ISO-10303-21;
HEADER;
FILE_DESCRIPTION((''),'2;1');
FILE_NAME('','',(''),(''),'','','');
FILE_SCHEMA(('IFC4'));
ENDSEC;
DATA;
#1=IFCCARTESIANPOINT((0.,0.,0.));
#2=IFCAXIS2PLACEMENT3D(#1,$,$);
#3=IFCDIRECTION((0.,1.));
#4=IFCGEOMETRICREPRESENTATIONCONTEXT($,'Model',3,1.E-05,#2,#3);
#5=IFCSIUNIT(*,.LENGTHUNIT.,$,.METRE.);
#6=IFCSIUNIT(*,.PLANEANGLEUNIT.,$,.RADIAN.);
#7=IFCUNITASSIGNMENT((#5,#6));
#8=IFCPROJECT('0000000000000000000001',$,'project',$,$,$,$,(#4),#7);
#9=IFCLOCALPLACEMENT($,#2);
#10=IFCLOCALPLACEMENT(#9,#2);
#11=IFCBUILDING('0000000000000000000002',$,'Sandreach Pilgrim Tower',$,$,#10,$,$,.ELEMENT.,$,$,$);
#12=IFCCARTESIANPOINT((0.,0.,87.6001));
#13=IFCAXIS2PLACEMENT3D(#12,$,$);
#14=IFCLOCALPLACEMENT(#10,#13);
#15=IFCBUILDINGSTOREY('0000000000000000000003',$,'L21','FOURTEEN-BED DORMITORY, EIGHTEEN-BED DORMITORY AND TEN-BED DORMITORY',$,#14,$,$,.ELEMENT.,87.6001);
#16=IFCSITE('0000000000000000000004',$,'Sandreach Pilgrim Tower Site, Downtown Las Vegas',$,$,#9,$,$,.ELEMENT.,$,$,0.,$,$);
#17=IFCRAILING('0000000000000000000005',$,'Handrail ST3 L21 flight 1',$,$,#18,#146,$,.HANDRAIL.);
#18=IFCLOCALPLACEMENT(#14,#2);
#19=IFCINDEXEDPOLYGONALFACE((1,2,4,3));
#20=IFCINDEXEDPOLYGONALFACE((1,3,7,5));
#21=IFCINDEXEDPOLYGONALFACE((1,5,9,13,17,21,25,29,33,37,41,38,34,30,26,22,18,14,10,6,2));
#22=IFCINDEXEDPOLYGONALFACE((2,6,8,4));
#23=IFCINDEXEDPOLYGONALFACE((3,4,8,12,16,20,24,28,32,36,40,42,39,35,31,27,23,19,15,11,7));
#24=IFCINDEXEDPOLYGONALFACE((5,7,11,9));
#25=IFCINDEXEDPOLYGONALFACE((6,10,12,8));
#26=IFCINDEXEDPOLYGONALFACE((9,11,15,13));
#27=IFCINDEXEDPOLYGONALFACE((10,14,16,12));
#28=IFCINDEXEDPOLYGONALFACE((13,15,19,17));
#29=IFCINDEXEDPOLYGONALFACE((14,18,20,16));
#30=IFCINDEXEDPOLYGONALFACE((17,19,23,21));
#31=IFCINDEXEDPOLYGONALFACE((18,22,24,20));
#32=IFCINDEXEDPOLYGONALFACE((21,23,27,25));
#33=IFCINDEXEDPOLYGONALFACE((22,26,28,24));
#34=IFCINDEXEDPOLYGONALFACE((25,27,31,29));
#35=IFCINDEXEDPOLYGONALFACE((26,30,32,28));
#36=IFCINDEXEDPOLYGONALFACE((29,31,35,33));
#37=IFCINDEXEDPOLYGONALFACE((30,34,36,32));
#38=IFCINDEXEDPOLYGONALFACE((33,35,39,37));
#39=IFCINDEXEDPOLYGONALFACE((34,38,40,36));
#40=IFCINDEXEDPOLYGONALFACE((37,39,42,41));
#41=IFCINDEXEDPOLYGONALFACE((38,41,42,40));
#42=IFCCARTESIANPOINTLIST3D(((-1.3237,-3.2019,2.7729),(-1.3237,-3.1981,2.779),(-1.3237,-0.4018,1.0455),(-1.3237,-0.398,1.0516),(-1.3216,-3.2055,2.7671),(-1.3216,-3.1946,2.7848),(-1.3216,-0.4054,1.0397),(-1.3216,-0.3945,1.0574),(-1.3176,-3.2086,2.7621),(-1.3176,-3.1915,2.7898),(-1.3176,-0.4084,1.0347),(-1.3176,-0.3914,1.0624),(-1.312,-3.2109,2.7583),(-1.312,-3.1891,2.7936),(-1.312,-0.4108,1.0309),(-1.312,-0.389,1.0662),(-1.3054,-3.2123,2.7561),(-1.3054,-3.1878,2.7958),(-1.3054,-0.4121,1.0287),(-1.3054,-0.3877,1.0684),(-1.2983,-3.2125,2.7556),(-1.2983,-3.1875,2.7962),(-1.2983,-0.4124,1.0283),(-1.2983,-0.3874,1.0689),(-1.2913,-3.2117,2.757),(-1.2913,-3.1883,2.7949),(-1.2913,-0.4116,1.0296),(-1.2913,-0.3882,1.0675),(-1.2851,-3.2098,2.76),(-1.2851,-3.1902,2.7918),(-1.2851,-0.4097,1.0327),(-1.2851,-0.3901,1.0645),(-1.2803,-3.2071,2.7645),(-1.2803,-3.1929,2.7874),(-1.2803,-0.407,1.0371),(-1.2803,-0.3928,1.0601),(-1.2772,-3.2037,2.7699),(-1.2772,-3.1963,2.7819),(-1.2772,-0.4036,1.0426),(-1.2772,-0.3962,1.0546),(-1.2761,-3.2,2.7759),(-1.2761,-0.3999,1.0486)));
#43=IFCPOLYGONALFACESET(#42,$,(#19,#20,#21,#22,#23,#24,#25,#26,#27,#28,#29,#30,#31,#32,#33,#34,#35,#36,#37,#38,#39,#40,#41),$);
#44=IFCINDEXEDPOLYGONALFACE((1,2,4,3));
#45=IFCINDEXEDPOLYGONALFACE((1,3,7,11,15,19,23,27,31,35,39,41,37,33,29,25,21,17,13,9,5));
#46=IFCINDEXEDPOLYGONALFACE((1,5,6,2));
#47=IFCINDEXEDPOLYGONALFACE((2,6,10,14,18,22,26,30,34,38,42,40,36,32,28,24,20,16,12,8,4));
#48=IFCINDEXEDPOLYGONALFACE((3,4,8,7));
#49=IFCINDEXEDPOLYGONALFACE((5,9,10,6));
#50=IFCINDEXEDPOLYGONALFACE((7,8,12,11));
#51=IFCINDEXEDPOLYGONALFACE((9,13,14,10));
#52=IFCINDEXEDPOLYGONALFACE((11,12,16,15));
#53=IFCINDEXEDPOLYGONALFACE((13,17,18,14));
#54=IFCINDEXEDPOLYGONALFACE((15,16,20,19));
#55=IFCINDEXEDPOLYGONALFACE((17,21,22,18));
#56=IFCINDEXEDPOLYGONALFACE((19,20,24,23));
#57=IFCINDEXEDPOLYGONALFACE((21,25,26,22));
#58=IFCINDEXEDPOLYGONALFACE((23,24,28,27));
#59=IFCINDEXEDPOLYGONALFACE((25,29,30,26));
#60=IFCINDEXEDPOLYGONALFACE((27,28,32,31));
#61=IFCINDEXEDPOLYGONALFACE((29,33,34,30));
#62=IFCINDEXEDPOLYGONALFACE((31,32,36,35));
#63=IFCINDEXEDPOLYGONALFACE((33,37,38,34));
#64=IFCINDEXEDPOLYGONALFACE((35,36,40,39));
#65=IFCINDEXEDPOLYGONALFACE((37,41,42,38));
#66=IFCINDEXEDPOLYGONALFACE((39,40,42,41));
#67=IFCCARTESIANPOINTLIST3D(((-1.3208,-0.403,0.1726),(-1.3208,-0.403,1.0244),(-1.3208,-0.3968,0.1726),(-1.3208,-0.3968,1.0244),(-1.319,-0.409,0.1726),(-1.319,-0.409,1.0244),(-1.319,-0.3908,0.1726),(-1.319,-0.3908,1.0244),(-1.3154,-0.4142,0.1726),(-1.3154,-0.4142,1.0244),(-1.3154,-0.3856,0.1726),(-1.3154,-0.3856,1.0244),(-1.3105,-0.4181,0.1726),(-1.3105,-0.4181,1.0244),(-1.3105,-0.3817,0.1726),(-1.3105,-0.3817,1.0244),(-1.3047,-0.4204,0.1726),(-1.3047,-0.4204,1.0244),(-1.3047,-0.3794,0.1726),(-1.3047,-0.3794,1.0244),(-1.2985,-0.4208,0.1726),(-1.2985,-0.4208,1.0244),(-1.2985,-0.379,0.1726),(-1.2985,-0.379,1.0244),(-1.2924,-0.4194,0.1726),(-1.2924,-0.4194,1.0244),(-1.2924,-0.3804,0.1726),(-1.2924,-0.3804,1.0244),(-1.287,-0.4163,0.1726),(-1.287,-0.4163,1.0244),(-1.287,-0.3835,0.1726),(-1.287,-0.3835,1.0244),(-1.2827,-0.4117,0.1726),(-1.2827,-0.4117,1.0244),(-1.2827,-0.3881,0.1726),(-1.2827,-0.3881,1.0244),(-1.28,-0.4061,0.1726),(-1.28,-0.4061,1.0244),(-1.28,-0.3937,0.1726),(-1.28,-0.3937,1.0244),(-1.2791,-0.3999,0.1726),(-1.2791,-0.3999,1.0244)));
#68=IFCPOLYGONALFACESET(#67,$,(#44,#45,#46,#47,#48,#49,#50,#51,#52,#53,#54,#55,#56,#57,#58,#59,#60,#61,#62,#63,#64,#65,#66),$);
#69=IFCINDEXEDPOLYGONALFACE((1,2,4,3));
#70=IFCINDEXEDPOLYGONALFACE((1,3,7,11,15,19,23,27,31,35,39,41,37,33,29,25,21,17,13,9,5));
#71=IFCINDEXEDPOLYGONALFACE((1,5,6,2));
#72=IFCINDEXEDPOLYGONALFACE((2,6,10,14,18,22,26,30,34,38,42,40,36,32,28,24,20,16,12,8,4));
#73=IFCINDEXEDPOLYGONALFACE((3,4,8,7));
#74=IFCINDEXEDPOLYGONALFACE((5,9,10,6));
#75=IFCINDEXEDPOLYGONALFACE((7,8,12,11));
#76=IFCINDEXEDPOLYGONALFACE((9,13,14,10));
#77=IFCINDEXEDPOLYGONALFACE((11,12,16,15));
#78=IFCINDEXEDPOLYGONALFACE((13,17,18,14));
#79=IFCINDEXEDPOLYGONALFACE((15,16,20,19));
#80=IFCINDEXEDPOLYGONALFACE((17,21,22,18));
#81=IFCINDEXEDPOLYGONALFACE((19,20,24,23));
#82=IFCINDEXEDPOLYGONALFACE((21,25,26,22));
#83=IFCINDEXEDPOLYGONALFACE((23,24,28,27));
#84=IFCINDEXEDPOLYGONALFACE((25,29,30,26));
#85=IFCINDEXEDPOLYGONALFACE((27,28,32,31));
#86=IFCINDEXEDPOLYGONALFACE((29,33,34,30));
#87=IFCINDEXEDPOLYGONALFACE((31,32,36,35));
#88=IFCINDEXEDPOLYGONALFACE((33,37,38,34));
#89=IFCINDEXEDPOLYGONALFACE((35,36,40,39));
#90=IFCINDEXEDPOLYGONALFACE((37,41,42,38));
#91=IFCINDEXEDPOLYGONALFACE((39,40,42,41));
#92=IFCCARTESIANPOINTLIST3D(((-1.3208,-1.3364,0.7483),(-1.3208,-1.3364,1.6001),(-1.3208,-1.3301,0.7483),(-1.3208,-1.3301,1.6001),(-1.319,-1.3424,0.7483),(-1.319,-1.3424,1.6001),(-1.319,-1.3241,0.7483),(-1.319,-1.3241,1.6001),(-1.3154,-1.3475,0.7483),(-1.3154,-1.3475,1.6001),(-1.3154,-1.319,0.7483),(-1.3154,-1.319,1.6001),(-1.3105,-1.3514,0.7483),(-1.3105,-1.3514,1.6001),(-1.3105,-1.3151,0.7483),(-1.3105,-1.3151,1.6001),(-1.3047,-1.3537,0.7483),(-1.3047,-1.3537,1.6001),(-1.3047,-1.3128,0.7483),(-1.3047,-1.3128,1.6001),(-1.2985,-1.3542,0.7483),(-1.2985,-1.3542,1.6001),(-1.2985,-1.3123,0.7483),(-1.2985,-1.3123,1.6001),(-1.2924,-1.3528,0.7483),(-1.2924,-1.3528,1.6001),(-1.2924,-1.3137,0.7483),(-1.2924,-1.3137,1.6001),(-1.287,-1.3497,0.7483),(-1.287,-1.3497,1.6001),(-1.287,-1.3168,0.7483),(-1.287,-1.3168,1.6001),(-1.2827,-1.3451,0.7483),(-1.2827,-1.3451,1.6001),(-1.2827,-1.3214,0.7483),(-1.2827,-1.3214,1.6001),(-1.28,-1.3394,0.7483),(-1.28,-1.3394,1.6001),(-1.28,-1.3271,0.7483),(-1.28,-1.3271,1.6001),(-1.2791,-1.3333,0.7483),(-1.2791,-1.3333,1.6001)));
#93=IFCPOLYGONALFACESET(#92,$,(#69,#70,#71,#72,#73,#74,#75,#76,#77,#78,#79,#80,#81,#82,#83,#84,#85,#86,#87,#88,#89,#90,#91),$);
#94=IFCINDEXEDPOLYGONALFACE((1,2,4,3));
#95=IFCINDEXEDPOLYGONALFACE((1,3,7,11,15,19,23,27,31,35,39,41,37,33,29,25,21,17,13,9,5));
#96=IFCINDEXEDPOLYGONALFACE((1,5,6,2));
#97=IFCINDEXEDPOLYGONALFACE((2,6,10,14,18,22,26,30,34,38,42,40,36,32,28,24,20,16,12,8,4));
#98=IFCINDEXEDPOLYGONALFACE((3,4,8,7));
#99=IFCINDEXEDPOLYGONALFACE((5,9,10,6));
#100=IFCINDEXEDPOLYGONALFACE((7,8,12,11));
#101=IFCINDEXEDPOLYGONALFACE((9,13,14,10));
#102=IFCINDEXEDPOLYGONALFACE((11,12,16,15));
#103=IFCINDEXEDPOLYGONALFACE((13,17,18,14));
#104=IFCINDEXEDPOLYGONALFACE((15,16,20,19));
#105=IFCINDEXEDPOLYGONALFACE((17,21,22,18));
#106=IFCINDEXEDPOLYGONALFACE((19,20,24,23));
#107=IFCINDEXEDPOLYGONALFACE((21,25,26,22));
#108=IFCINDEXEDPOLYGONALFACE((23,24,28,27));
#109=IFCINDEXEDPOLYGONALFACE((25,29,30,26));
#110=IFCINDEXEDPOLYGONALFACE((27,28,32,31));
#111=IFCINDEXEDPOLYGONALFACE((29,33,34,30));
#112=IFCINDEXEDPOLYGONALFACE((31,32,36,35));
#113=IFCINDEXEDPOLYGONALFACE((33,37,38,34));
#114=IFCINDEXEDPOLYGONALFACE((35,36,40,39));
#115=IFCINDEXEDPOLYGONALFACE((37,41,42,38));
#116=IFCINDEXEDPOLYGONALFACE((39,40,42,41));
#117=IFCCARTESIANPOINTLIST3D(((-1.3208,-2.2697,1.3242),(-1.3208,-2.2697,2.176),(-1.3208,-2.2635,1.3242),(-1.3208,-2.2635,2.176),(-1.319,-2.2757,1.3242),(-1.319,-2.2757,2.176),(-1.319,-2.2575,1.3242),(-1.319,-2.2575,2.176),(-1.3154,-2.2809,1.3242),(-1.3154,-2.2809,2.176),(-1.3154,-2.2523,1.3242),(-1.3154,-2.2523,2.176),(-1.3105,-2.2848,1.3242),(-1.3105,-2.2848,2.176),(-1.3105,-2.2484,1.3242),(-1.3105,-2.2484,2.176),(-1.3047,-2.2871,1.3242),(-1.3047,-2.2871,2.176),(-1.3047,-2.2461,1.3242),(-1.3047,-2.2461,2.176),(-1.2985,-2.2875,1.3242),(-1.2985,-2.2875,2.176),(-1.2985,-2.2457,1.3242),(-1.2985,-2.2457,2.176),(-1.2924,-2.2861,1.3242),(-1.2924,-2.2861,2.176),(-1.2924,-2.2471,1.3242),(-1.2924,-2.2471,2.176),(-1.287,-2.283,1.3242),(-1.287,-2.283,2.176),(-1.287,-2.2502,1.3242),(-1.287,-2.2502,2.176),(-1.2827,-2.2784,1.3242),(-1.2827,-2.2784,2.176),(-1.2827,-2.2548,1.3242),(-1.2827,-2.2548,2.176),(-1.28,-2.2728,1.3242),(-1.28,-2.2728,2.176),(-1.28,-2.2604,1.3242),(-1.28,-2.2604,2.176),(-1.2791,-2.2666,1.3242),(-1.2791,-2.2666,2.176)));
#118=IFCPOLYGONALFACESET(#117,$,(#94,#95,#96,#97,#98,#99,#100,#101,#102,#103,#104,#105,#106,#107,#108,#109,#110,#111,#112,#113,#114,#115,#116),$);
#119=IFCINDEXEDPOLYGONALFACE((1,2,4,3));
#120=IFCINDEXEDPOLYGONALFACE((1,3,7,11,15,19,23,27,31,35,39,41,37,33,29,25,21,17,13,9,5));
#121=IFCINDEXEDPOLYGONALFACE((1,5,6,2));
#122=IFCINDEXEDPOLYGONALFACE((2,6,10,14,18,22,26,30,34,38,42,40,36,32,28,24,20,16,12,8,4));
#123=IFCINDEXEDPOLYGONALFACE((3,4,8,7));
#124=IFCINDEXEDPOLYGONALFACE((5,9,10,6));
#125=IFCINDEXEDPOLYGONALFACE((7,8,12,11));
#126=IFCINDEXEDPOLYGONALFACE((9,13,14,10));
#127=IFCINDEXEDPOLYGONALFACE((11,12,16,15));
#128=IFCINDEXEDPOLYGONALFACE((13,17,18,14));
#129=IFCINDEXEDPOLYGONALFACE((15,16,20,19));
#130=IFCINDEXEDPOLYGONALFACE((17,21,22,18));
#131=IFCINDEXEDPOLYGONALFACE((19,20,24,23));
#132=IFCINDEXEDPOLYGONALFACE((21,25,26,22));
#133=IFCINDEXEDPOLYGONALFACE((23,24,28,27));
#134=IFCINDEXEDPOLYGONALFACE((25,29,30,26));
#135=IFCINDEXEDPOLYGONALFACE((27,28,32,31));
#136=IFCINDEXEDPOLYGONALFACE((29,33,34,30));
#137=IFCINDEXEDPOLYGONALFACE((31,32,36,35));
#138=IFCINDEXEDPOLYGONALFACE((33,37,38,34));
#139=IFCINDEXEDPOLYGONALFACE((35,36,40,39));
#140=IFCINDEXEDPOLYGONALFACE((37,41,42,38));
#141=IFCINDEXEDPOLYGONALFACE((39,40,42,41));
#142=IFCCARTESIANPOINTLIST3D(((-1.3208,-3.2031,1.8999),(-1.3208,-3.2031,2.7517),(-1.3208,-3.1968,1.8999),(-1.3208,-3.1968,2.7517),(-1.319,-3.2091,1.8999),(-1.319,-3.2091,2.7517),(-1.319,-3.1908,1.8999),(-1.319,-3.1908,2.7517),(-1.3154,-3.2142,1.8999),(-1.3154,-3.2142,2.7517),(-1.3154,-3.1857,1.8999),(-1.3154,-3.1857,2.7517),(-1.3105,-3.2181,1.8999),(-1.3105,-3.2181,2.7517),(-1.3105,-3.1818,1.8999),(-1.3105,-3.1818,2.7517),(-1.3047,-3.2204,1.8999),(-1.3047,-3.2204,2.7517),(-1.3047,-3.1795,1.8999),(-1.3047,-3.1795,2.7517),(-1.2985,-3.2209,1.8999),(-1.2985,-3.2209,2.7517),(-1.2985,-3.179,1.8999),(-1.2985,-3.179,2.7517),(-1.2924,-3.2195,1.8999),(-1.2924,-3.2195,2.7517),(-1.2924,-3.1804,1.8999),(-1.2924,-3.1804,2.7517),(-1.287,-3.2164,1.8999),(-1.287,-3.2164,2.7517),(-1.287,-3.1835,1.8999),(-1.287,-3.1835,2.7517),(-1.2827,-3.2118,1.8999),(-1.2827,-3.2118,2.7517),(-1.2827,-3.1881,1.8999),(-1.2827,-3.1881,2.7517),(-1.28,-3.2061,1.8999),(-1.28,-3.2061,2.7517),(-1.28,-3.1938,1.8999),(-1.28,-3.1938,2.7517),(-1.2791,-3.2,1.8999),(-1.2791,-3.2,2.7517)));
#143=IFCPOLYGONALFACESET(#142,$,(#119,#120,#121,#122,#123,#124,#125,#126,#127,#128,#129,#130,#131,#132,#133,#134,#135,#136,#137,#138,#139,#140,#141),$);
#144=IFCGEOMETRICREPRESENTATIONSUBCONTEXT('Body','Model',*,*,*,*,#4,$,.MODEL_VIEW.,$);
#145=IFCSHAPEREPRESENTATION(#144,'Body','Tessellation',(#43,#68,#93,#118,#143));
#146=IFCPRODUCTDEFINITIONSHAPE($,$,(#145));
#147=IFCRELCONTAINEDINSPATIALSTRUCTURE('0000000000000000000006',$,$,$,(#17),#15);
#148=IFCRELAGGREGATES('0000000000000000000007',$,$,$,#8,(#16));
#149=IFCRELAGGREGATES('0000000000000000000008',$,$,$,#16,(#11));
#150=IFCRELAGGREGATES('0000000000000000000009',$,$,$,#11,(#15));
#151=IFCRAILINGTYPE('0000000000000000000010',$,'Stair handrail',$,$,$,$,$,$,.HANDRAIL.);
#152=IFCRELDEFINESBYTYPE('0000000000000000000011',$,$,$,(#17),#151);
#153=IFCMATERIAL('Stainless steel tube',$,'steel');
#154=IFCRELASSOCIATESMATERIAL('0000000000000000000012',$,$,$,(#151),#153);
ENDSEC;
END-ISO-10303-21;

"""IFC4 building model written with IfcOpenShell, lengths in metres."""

from ifc_helpers import new_model, si_unit, direction, frame, origin, origin_2d, place, context, subcontext, project, spatial, circle, extrude, material, type_object, element, save


model = new_model("IFC4")

# Units and contexts
model_context = context("Model", 3, precision=1e-05, world=origin(), true_north=direction((0.0, 1.0)))
body_context = subcontext(model_context, "Body", "Model", "MODEL_VIEW")
ifc_project = project(units=[si_unit("LENGTHUNIT", "METRE"), si_unit("PLANEANGLEUNIT", "RADIAN")], contexts=[model_context])

# Site, building, storey
site_placement = place(None, origin())
site = spatial("IfcSite", under=ifc_project, at=site_placement, Name="Sandreach Pilgrim Tower Site, Downtown Las Vegas", CompositionType="ELEMENT", RefElevation=0.0)
building_placement = place(site_placement, origin())
building = spatial("IfcBuilding", under=site, at=building_placement, Name="Sandreach Pilgrim Tower", CompositionType="ELEMENT")
storey_placement = place(building_placement, frame((0.0, 0.0, 87.6001)))
storey = spatial("IfcBuildingStorey", under=building, at=storey_placement, Name="L21", Description="FOURTEEN-BED DORMITORY, EIGHTEEN-BED DORMITORY AND TEN-BED DORMITORY", CompositionType="ELEMENT", Elevation=87.6001)

# Railing
ifc_material_1 = material(Name="Stainless steel tube", Category="steel")
railing_type = type_object("IfcRailingType", Name="Stair handrail", PredefinedType="HANDRAIL", material=ifc_material_1)
for number, where, name in (
    (1, (-1.3, -0.3999, 0.1726), "Handrail ST3 L21 flight 1"),
):
    element("IfcRailing", number, at=place(storey_placement, frame(where)), inside=storey, type_object=railing_type, Name=name, PredefinedType="HANDRAIL", context=body_context, shape_type="SweptSolid", body=[
        extrude(circle(Radius=0.0239, at=origin_2d()), frame((0.0, 0.0, 0.876), z_axis=(0.0, -0.85109, 0.52502), x_axis=(1.0, 0.0, 0.0)), (0.0, 0.0, 1.0), 3.29),
        extrude(circle(Radius=0.021, at=origin_2d()), origin(), (0.0, 0.0, 1.0), 0.8518),
        extrude(circle(Radius=0.021, at=origin_2d()), frame((0.0, -0.9333, 0.5757)), (0.0, 0.0, 1.0), 0.8518),
        extrude(circle(Radius=0.021, at=origin_2d()), frame((0.0, -1.8667, 1.1516)), (0.0, 0.0, 1.0), 0.8518),
        extrude(circle(Radius=0.021, at=origin_2d()), frame((0.0, -2.8, 1.7273)), (0.0, 0.0, 1.0), 0.8518),
    ])

save(model, "model.ifc")
